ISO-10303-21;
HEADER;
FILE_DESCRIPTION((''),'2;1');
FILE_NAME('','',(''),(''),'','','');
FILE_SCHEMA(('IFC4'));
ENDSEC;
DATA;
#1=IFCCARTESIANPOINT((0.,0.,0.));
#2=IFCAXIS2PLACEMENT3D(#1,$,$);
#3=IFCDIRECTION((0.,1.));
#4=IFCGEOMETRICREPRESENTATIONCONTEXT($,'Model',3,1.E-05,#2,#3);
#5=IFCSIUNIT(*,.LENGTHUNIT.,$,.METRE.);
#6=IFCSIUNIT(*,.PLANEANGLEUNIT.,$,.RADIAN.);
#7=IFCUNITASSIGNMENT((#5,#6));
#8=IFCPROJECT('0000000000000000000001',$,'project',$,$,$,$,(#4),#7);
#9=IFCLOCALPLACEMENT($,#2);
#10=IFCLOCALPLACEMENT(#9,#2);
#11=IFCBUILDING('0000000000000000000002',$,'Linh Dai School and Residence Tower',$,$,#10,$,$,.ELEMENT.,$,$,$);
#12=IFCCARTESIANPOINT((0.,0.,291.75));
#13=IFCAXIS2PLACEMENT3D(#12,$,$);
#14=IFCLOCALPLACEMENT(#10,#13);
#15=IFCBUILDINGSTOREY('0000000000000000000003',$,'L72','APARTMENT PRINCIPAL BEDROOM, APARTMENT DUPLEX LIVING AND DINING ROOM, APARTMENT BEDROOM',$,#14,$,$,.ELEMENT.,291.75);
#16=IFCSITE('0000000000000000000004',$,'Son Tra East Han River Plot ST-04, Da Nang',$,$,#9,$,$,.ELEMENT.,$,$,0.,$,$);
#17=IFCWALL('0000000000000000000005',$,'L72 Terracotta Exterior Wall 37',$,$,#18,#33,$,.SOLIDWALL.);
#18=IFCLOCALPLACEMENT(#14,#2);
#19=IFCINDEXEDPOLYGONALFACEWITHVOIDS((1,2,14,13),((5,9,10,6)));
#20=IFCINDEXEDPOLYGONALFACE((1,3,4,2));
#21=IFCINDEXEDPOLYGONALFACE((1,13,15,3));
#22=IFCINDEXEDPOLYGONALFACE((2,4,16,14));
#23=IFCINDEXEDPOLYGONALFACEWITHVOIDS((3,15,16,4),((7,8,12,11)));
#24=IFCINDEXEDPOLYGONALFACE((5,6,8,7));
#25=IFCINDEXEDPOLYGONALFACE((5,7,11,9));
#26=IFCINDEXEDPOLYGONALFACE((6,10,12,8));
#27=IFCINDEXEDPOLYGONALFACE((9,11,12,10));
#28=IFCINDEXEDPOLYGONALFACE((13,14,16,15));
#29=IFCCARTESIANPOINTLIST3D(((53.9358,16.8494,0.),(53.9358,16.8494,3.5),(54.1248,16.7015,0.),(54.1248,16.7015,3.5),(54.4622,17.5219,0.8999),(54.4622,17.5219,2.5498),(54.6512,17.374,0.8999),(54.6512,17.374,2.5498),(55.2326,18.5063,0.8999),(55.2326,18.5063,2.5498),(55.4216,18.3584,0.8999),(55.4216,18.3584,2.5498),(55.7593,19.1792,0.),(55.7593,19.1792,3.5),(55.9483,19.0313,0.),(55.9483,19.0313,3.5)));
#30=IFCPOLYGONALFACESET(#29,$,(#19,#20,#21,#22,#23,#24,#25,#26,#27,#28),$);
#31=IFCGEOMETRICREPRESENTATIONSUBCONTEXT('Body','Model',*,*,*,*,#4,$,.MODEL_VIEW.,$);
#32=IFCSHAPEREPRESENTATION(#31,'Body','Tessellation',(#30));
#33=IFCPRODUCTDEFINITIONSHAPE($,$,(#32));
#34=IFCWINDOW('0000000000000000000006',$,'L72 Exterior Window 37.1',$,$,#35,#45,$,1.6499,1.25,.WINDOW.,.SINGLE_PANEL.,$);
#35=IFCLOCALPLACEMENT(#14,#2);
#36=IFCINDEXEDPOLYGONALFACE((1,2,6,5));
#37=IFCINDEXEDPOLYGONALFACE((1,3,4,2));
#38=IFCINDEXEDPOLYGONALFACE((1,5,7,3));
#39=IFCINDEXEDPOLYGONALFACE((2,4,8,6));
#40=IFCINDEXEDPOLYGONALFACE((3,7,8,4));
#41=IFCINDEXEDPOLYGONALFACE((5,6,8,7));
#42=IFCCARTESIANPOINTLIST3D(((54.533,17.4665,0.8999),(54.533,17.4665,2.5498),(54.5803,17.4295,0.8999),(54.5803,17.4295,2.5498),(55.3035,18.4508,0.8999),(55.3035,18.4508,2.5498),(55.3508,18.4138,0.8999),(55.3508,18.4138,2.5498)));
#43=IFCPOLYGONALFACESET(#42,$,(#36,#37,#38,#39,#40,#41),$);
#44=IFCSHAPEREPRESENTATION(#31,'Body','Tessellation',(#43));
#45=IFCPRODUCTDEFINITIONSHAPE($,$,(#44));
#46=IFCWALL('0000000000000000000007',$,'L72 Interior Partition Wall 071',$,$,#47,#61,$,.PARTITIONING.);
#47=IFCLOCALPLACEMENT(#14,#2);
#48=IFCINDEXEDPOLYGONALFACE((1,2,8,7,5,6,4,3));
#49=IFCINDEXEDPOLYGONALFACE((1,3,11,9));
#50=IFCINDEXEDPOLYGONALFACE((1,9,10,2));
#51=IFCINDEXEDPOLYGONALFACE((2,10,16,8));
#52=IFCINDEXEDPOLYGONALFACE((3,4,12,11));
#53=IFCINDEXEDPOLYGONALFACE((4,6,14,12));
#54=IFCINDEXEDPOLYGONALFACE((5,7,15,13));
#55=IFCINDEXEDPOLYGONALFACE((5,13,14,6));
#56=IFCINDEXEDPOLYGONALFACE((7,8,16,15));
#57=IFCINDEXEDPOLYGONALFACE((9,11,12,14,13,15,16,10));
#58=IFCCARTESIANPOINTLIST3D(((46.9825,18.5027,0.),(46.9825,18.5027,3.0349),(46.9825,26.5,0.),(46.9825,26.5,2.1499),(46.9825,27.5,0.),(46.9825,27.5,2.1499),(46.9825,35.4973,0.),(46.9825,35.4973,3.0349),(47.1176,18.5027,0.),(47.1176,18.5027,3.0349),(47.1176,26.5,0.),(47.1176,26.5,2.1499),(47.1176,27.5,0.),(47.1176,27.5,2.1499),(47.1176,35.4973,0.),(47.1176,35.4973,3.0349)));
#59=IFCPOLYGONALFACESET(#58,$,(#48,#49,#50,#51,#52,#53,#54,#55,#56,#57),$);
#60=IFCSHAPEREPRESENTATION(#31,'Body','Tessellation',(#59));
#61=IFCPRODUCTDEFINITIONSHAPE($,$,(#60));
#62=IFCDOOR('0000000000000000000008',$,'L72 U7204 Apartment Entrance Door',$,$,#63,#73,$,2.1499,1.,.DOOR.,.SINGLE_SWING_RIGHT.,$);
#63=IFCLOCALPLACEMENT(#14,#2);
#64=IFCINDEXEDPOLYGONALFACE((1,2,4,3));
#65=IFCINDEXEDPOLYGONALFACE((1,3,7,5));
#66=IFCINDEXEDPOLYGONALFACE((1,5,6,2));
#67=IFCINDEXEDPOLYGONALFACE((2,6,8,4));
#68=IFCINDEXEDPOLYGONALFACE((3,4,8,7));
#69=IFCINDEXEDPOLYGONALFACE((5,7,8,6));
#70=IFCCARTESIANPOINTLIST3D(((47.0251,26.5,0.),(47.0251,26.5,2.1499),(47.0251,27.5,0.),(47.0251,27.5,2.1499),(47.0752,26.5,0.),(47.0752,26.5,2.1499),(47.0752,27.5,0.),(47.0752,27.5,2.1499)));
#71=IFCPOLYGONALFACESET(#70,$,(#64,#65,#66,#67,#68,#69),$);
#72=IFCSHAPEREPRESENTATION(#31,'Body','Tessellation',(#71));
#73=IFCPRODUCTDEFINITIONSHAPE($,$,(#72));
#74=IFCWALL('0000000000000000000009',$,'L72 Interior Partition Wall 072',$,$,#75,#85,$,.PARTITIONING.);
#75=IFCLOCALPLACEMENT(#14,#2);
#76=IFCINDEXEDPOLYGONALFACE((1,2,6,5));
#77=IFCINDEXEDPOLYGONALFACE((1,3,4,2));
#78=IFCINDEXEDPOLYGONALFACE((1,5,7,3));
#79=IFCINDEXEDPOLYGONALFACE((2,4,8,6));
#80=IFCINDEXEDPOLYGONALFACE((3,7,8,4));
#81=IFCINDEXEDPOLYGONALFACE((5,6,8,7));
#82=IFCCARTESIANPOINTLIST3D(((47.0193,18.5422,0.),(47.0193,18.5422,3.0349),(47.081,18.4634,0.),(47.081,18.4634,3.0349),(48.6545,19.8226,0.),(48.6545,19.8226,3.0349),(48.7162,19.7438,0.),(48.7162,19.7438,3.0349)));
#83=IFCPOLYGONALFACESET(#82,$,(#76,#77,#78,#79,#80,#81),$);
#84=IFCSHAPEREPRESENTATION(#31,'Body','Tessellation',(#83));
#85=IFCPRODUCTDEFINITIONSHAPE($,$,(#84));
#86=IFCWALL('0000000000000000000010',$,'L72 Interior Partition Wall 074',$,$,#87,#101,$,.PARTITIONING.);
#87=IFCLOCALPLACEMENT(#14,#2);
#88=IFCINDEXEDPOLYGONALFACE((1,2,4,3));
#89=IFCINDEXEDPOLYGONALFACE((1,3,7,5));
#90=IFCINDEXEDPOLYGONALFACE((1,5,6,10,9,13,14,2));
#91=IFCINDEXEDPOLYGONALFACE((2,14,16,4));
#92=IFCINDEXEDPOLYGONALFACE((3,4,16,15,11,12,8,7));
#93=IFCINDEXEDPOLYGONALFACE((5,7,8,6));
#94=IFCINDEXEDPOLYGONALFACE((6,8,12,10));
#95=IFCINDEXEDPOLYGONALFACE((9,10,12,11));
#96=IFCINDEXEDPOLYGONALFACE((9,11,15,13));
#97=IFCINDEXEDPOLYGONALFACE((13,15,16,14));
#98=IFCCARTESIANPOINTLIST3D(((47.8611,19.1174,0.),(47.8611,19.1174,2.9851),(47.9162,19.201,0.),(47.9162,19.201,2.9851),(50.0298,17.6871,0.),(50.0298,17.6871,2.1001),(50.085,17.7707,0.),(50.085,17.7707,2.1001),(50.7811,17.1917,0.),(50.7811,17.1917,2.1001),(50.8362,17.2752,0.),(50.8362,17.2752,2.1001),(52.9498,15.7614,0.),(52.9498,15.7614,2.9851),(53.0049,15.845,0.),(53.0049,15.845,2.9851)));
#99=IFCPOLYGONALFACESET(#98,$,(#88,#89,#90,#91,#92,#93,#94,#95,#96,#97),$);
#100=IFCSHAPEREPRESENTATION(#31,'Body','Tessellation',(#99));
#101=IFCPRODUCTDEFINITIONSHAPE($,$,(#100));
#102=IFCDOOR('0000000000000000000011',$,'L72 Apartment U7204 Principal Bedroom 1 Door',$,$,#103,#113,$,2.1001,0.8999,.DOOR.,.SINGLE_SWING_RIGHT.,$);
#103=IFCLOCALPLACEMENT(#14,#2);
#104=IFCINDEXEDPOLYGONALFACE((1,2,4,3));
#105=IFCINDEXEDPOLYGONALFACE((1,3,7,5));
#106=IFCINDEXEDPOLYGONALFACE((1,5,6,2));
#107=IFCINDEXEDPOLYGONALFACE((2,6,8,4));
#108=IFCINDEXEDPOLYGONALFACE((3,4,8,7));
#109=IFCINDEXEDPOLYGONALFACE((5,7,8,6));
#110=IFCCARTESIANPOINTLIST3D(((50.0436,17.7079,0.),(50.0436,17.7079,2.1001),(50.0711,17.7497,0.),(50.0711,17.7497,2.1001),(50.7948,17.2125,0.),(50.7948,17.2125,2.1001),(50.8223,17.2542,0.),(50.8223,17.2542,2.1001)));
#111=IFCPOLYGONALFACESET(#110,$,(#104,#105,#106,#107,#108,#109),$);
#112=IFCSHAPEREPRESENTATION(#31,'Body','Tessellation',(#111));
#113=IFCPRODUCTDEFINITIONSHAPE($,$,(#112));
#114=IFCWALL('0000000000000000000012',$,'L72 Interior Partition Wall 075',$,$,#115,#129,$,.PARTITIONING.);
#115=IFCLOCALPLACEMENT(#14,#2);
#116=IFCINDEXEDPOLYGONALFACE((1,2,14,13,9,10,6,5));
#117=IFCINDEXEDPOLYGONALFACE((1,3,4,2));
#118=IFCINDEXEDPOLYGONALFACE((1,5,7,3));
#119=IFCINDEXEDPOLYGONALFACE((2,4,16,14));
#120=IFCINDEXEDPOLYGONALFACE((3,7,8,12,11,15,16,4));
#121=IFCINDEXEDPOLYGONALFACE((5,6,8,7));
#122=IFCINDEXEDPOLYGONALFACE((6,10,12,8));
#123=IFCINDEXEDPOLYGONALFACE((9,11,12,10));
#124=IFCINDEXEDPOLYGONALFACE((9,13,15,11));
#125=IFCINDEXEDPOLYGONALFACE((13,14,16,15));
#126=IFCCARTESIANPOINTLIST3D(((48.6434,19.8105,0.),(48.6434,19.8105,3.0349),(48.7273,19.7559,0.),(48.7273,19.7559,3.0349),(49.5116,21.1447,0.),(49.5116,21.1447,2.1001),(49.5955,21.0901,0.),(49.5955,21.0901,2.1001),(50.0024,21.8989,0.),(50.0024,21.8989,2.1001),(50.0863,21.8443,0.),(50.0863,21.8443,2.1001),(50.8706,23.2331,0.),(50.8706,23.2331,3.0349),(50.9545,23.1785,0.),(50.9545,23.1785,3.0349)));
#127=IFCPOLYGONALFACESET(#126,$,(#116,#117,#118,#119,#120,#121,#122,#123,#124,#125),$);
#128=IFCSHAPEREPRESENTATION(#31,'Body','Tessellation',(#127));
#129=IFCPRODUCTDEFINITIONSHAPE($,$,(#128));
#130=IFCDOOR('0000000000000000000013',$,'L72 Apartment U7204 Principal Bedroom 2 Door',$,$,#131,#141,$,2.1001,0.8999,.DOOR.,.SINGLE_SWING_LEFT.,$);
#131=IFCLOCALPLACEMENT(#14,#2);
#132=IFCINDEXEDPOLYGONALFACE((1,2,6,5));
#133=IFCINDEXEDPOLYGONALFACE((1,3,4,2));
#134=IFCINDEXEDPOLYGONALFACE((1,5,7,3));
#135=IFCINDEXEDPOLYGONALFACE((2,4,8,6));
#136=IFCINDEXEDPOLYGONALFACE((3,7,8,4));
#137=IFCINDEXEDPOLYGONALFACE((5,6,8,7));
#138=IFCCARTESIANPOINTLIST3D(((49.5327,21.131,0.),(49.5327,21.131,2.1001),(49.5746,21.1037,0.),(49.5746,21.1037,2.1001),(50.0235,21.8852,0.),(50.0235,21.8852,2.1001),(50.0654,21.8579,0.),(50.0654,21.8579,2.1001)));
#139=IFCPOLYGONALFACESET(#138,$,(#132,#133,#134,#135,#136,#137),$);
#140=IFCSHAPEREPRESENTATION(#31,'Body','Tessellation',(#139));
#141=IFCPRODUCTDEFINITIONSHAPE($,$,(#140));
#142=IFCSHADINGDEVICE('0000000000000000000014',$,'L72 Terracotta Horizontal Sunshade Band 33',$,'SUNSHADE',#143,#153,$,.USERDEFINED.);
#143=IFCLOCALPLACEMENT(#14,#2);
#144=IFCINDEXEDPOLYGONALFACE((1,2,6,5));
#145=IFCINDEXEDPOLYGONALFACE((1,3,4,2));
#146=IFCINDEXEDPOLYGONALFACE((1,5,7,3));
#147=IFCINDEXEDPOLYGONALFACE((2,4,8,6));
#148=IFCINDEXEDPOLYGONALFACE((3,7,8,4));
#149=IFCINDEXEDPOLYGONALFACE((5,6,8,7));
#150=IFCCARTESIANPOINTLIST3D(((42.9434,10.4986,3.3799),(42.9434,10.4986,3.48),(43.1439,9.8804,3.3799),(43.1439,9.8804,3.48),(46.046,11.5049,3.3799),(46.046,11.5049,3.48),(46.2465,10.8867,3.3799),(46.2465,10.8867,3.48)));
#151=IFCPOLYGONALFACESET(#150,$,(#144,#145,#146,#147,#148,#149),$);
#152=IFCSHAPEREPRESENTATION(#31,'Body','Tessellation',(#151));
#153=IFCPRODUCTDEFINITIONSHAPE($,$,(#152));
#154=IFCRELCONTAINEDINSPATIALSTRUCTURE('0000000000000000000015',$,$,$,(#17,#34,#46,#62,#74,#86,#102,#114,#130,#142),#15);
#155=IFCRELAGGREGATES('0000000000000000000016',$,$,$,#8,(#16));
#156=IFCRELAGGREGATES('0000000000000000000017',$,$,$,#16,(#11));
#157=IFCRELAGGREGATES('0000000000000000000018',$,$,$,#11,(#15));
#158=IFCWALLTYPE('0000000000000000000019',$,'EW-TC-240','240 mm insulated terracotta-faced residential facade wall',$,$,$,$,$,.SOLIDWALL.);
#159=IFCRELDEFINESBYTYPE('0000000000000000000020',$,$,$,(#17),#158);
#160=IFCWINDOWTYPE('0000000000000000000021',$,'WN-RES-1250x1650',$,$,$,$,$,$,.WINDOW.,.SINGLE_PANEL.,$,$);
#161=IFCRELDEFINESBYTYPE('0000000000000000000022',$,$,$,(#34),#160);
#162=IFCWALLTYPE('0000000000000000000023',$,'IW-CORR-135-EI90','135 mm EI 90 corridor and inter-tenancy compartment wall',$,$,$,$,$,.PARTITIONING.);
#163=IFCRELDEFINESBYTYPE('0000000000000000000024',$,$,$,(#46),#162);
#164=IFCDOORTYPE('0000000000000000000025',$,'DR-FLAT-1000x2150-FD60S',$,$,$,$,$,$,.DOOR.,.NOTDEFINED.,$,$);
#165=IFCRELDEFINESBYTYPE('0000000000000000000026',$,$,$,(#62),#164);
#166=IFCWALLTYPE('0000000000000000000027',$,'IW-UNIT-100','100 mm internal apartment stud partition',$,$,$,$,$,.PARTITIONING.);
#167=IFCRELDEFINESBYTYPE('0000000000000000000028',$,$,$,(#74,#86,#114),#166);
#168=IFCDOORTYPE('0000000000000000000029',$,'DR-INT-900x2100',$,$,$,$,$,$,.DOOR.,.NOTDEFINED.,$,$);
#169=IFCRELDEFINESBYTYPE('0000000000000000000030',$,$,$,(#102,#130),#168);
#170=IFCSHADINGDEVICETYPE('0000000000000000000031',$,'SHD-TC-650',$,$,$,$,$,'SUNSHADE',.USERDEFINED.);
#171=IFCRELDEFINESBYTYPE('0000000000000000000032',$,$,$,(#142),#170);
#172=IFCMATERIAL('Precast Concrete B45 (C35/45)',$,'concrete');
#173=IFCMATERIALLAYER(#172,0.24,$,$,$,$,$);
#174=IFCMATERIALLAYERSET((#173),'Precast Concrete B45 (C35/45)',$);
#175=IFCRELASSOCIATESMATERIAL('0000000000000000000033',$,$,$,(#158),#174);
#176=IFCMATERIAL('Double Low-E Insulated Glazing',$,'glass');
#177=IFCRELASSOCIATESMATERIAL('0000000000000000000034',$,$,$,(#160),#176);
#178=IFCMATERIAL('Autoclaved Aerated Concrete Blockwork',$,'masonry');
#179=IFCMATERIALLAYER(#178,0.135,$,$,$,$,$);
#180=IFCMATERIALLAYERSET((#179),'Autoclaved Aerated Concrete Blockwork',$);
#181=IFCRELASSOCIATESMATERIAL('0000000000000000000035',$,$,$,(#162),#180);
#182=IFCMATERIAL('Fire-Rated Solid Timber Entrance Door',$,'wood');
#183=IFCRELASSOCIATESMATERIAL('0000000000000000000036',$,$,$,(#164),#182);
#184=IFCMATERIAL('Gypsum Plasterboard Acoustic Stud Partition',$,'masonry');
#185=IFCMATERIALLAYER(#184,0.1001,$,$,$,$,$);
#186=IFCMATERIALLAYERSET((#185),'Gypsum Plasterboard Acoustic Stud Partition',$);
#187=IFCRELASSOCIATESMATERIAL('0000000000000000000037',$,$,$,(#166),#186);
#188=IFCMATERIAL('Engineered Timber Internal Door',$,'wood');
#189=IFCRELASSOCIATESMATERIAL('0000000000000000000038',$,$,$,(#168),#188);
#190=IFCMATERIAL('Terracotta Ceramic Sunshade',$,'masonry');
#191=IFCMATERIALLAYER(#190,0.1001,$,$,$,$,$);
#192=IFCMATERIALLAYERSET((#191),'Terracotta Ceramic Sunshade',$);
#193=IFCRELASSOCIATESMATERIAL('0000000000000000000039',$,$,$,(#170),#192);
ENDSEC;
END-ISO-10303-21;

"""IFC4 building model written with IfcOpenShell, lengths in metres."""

from ifc_helpers import new_model, si_unit, direction, frame, frame_2d, origin, origin_2d, place, context, subcontext, project, spatial, rectangle, extrude, source, transform, mapped, material, layer, layer_set, type_object, element, fill, save


model = new_model("IFC4")

# Units and contexts
model_context = context("Model", 3, precision=1e-05, world=origin(), true_north=direction((0.0, 1.0)))
body_context = subcontext(model_context, "Body", "Model", "MODEL_VIEW")
ifc_project = project(units=[si_unit("LENGTHUNIT", "METRE"), si_unit("PLANEANGLEUNIT", "RADIAN")], contexts=[model_context])

# Site, building, storey
site_placement = place(None, origin())
site = spatial("IfcSite", under=ifc_project, at=site_placement, Name="Son Tra East Han River Plot ST-04, Da Nang", CompositionType="ELEMENT", RefElevation=0.0)
building_placement = place(site_placement, origin())
building = spatial("IfcBuilding", under=site, at=building_placement, Name="Linh Dai School and Residence Tower", CompositionType="ELEMENT")
storey_placement = place(building_placement, frame((0.0, 0.0, 291.75)))
storey = spatial("IfcBuildingStorey", under=building, at=storey_placement, Name="L72", Description="APARTMENT PRINCIPAL BEDROOM, APARTMENT DUPLEX LIVING AND DINING ROOM, APARTMENT BEDROOM", CompositionType="ELEMENT", Elevation=291.75)

# Shared definitions
ifc_material_1 = material(Name="Precast Concrete B45 (C35/45)", Category="concrete")

# Shared definitions
ifc_layer_1 = layer(ifc_material_1, 0.24)
ifc_layer_set_1 = layer_set([ifc_layer_1], Name="Precast Concrete B45 (C35/45)")
wall_type_1 = type_object("IfcWallType", Name="EW-TC-240", Description="240 mm insulated terracotta-faced residential facade wall", PredefinedType="SOLIDWALL", material=ifc_layer_set_1)

# Shared definitions
ifc_material_2 = material(Name="Double Low-E Insulated Glazing", Category="glass")

# Wall, opening, window
wall_1_placement = place(storey_placement, frame((55.8538, 19.1052, 0.0), z_axis=(0.0, 0.0, 1.0), x_axis=(-0.616337, -0.787482, 0.0)))
wall_1 = element("IfcWall", 1, at=wall_1_placement, inside=storey, type_object=wall_type_1, Name="L72 Terracotta Exterior Wall 37", PredefinedType="SOLIDWALL", context=body_context, shape_type="SweptSolid", body=[
    extrude(rectangle(XDim=2.9585, YDim=0.24, at=frame_2d((1.4792, 0.0))), origin(), (0.0, 0.0, 1.0), 3.5),
])
opening_1_placement = place(wall_1_placement, frame((0.8545, 0.0, 0.8999)))
opening_1 = element("IfcOpeningElement", 2, at=opening_1_placement, cuts=wall_1, PredefinedType="OPENING", context=body_context, shape_type="SweptSolid", body=[
    extrude(rectangle(XDim=1.25, YDim=1.6499, at=origin_2d()), frame((0.625, 0.1299, 0.825), z_axis=(0.0, -1.0, 0.0), x_axis=(1.0, 0.0, 0.0)), (0.0, 0.0, 1.0), 0.26),
])
window_type_1 = type_object("IfcWindowType", Name="WN-RES-1250x1650", PartitioningType="SINGLE_PANEL", PredefinedType="WINDOW", material=ifc_material_2)
shared_shape_1 = source(origin(), body_context, "Body", "SweptSolid", [
    extrude(rectangle(XDim=1.25, YDim=1.6499, at=origin_2d()), frame((0.625, 0.03, 0.825), z_axis=(0.0, -1.0, 0.0), x_axis=(1.0, 0.0, 0.0)), (0.0, 0.0, 1.0), 0.0601),
])
window_1_placement = place(opening_1_placement, origin())
window_1 = element("IfcWindow", 3, at=window_1_placement, inside=storey, type_object=window_type_1, Name="L72 Exterior Window 37.1", OverallHeight=1.6499, OverallWidth=1.25, PartitioningType="SINGLE_PANEL", PredefinedType="WINDOW", context=body_context, shape_type="MappedRepresentation", body=[
    mapped(shared_shape_1, transform((0.0, 0.0, 0.0), x_axis=(1.0, 0.0, 0.0), y_axis=(0.0, 1.0, 0.0), z_axis=(0.0, 0.0, 1.0), scale=1.0)),
])
fill(opening_1, window_1)

# Wall, opening, door
ifc_material_3 = material(Name="Autoclaved Aerated Concrete Blockwork", Category="masonry")
ifc_layer_2 = layer(ifc_material_3, 0.135)
ifc_layer_set_2 = layer_set([ifc_layer_2], Name="Autoclaved Aerated Concrete Blockwork")
wall_type_2 = type_object("IfcWallType", Name="IW-CORR-135-EI90", Description="135 mm EI 90 corridor and inter-tenancy compartment wall", PredefinedType="PARTITIONING", material=ifc_layer_set_2)
wall_2_placement = place(storey_placement, frame((47.05, 18.5027, 0.0), z_axis=(0.0, 0.0, 1.0), x_axis=(0.0, 1.0, 0.0)))
wall_2 = element("IfcWall", 4, at=wall_2_placement, inside=storey, type_object=wall_type_2, Name="L72 Interior Partition Wall 071", PredefinedType="PARTITIONING", context=body_context, shape_type="SweptSolid", body=[
    extrude(rectangle(XDim=16.9946, YDim=0.135, at=frame_2d((8.4973, 0.0))), origin(), (0.0, 0.0, 1.0), 3.0349),
])
opening_2_placement = place(wall_2_placement, frame((7.9973, 0.0, 0.0)))
opening_2 = element("IfcOpeningElement", 5, at=opening_2_placement, cuts=wall_2, PredefinedType="OPENING", context=body_context, shape_type="SweptSolid", body=[
    extrude(rectangle(XDim=1.0, YDim=2.1499, at=origin_2d()), frame((0.5, 0.0776, 1.075), z_axis=(0.0, -1.0, 0.0), x_axis=(1.0, 0.0, 0.0)), (0.0, 0.0, 1.0), 0.155),
])
ifc_material_4 = material(Name="Fire-Rated Solid Timber Entrance Door", Category="wood")
door_type_1 = type_object("IfcDoorType", Name="DR-FLAT-1000x2150-FD60S", OperationType="NOTDEFINED", PredefinedType="DOOR", material=ifc_material_4)
shared_shape_2 = source(origin(), body_context, "Body", "SweptSolid", [
    extrude(rectangle(XDim=1.0, YDim=2.1499, at=origin_2d()), frame((0.5, 0.0249, 1.075), z_axis=(0.0, -1.0, 0.0), x_axis=(1.0, 0.0, 0.0)), (0.0, 0.0, 1.0), 0.05),
])
door_1_placement = place(opening_2_placement, origin())
door_1 = element("IfcDoor", 6, at=door_1_placement, inside=storey, type_object=door_type_1, Name="L72 U7204 Apartment Entrance Door", OperationType="SINGLE_SWING_RIGHT", OverallHeight=2.1499, OverallWidth=1.0, PredefinedType="DOOR", context=body_context, shape_type="MappedRepresentation", body=[
    mapped(shared_shape_2, transform((0.0, 0.0, 0.0), x_axis=(1.0, 0.0, 0.0), y_axis=(0.0, 1.0, 0.0), z_axis=(0.0, 0.0, 1.0), scale=1.0)),
])
fill(opening_2, door_1)

# Wall
ifc_material_5 = material(Name="Gypsum Plasterboard Acoustic Stud Partition", Category="masonry")
ifc_layer_3 = layer(ifc_material_5, 0.1001)
ifc_layer_set_3 = layer_set([ifc_layer_3], Name="Gypsum Plasterboard Acoustic Stud Partition")
wall_type_3 = type_object("IfcWallType", Name="IW-UNIT-100", Description="100 mm internal apartment stud partition", PredefinedType="PARTITIONING", material=ifc_layer_set_3)
wall_3_placement = place(storey_placement, frame((47.05, 18.5027, 0.0), z_axis=(0.0, 0.0, 1.0), x_axis=(0.787329, 0.616533, 0.0)))
element("IfcWall", 7, at=wall_3_placement, inside=storey, type_object=wall_type_3, Name="L72 Interior Partition Wall 072", PredefinedType="PARTITIONING", context=body_context, shape_type="SweptSolid", body=[
    extrude(rectangle(XDim=2.0769, YDim=0.1001, at=frame_2d((1.0386, 0.0))), origin(), (0.0, 0.0, 1.0), 3.0349),
])

# Walls, openings, doors
wall_4_placement = place(storey_placement, frame((47.8887, 19.1592, 0.0), z_axis=(0.0, 0.0, 1.0), x_axis=(0.8348, -0.550553, 0.0)))
wall_4 = element("IfcWall", 8, at=wall_4_placement, inside=storey, type_object=wall_type_3, Name="L72 Interior Partition Wall 074", PredefinedType="PARTITIONING", context=body_context, shape_type="SweptSolid", body=[
    extrude(rectangle(XDim=6.0957, YDim=0.1001, at=frame_2d((3.0479, 0.0))), origin(), (0.0, 0.0, 1.0), 2.9851),
])
opening_3_placement = place(wall_4_placement, frame((2.5979, 0.0, 0.0)))
opening_3 = element("IfcOpeningElement", 9, at=opening_3_placement, cuts=wall_4, PredefinedType="OPENING", context=body_context, shape_type="SweptSolid", body=[
    extrude(rectangle(XDim=0.8999, YDim=2.1001, at=origin_2d()), frame((0.45, 0.0601, 1.05), z_axis=(0.0, -1.0, 0.0), x_axis=(1.0, 0.0, 0.0)), (0.0, 0.0, 1.0), 0.1201),
])
ifc_material_6 = material(Name="Engineered Timber Internal Door", Category="wood")
door_type_2 = type_object("IfcDoorType", Name="DR-INT-900x2100", OperationType="NOTDEFINED", PredefinedType="DOOR", material=ifc_material_6)
shared_shape_3 = source(origin(), body_context, "Body", "SweptSolid", [
    extrude(rectangle(XDim=0.8999, YDim=2.1001, at=origin_2d()), frame((0.45, 0.0249, 1.05), z_axis=(0.0, -1.0, 0.0), x_axis=(1.0, 0.0, 0.0)), (0.0, 0.0, 1.0), 0.05),
])
door_2_placement = place(opening_3_placement, origin())
door_2 = element("IfcDoor", 10, at=door_2_placement, inside=storey, type_object=door_type_2, Name="L72 Apartment U7204 Principal Bedroom 1 Door", OperationType="SINGLE_SWING_RIGHT", OverallHeight=2.1001, OverallWidth=0.8999, PredefinedType="DOOR", context=body_context, shape_type="MappedRepresentation", body=[
    mapped(shared_shape_3, transform((0.0, 0.0, 0.0), x_axis=(1.0, 0.0, 0.0), y_axis=(0.0, 1.0, 0.0), z_axis=(0.0, 0.0, 1.0), scale=1.0)),
])
fill(opening_3, door_2)
wall_5_placement = place(storey_placement, frame((48.6853, 19.7832, 0.0), z_axis=(0.0, 0.0, 1.0), x_axis=(0.545436, 0.838153, 0.0)))
wall_5 = element("IfcWall", 11, at=wall_5_placement, inside=storey, type_object=wall_type_3, Name="L72 Interior Partition Wall 075", PredefinedType="PARTITIONING", context=body_context, shape_type="SweptSolid", body=[
    extrude(rectangle(XDim=4.0835, YDim=0.1001, at=frame_2d((2.0417, 0.0))), origin(), (0.0, 0.0, 1.0), 3.0349),
])
opening_4_placement = place(wall_5_placement, frame((1.5918, 0.0, 0.0)))
opening_4 = element("IfcOpeningElement", 12, at=opening_4_placement, cuts=wall_5, PredefinedType="OPENING", context=body_context, shape_type="SweptSolid", body=[
    extrude(rectangle(XDim=0.8999, YDim=2.1001, at=origin_2d()), frame((0.45, 0.0601, 1.05), z_axis=(0.0, -1.0, 0.0), x_axis=(1.0, 0.0, 0.0)), (0.0, 0.0, 1.0), 0.1201),
])
door_3_placement = place(opening_4_placement, origin())
door_3 = element("IfcDoor", 13, at=door_3_placement, inside=storey, type_object=door_type_2, Name="L72 Apartment U7204 Principal Bedroom 2 Door", OperationType="SINGLE_SWING_LEFT", OverallHeight=2.1001, OverallWidth=0.8999, PredefinedType="DOOR", context=body_context, shape_type="MappedRepresentation", body=[
    mapped(shared_shape_3, transform((0.0, 0.0, 0.0), x_axis=(1.0, 0.0, 0.0), y_axis=(0.0, 1.0, 0.0), z_axis=(0.0, 0.0, 1.0), scale=1.0)),
])
fill(opening_4, door_3)

# Shading device
ifc_material_7 = material(Name="Terracotta Ceramic Sunshade", Category="masonry")
ifc_layer_4 = layer(ifc_material_7, 0.1001)
ifc_layer_set_4 = layer_set([ifc_layer_4], Name="Terracotta Ceramic Sunshade")
shading_device_type = type_object("IfcShadingDeviceType", Name="SHD-TC-650", ElementType="SUNSHADE", PredefinedType="USERDEFINED", material=ifc_layer_set_4)
shared_shape_4 = source(origin(), body_context, "Body", "SweptSolid", [
    extrude(rectangle(XDim=3.2617, YDim=0.6499, at=origin_2d()), origin(), (0.0, 0.0, 1.0), 0.1001),
])
shading_device_1_placement = place(storey_placement, frame((44.595, 10.6926, 3.3799), z_axis=(0.0, 0.0, 1.0), x_axis=(-0.951218, -0.308519, 0.0)))
element("IfcShadingDevice", 14, at=shading_device_1_placement, inside=storey, type_object=shading_device_type, Name="L72 Terracotta Horizontal Sunshade Band 33", ObjectType="SUNSHADE", PredefinedType="USERDEFINED", context=body_context, shape_type="MappedRepresentation", body=[
    mapped(shared_shape_4, transform((0.0, 0.0, 0.0), x_axis=(1.0, 0.0, 0.0), y_axis=(0.0, 1.0, 0.0), z_axis=(0.0, 0.0, 1.0), scale=1.0)),
])

save(model, "model.ifc")
